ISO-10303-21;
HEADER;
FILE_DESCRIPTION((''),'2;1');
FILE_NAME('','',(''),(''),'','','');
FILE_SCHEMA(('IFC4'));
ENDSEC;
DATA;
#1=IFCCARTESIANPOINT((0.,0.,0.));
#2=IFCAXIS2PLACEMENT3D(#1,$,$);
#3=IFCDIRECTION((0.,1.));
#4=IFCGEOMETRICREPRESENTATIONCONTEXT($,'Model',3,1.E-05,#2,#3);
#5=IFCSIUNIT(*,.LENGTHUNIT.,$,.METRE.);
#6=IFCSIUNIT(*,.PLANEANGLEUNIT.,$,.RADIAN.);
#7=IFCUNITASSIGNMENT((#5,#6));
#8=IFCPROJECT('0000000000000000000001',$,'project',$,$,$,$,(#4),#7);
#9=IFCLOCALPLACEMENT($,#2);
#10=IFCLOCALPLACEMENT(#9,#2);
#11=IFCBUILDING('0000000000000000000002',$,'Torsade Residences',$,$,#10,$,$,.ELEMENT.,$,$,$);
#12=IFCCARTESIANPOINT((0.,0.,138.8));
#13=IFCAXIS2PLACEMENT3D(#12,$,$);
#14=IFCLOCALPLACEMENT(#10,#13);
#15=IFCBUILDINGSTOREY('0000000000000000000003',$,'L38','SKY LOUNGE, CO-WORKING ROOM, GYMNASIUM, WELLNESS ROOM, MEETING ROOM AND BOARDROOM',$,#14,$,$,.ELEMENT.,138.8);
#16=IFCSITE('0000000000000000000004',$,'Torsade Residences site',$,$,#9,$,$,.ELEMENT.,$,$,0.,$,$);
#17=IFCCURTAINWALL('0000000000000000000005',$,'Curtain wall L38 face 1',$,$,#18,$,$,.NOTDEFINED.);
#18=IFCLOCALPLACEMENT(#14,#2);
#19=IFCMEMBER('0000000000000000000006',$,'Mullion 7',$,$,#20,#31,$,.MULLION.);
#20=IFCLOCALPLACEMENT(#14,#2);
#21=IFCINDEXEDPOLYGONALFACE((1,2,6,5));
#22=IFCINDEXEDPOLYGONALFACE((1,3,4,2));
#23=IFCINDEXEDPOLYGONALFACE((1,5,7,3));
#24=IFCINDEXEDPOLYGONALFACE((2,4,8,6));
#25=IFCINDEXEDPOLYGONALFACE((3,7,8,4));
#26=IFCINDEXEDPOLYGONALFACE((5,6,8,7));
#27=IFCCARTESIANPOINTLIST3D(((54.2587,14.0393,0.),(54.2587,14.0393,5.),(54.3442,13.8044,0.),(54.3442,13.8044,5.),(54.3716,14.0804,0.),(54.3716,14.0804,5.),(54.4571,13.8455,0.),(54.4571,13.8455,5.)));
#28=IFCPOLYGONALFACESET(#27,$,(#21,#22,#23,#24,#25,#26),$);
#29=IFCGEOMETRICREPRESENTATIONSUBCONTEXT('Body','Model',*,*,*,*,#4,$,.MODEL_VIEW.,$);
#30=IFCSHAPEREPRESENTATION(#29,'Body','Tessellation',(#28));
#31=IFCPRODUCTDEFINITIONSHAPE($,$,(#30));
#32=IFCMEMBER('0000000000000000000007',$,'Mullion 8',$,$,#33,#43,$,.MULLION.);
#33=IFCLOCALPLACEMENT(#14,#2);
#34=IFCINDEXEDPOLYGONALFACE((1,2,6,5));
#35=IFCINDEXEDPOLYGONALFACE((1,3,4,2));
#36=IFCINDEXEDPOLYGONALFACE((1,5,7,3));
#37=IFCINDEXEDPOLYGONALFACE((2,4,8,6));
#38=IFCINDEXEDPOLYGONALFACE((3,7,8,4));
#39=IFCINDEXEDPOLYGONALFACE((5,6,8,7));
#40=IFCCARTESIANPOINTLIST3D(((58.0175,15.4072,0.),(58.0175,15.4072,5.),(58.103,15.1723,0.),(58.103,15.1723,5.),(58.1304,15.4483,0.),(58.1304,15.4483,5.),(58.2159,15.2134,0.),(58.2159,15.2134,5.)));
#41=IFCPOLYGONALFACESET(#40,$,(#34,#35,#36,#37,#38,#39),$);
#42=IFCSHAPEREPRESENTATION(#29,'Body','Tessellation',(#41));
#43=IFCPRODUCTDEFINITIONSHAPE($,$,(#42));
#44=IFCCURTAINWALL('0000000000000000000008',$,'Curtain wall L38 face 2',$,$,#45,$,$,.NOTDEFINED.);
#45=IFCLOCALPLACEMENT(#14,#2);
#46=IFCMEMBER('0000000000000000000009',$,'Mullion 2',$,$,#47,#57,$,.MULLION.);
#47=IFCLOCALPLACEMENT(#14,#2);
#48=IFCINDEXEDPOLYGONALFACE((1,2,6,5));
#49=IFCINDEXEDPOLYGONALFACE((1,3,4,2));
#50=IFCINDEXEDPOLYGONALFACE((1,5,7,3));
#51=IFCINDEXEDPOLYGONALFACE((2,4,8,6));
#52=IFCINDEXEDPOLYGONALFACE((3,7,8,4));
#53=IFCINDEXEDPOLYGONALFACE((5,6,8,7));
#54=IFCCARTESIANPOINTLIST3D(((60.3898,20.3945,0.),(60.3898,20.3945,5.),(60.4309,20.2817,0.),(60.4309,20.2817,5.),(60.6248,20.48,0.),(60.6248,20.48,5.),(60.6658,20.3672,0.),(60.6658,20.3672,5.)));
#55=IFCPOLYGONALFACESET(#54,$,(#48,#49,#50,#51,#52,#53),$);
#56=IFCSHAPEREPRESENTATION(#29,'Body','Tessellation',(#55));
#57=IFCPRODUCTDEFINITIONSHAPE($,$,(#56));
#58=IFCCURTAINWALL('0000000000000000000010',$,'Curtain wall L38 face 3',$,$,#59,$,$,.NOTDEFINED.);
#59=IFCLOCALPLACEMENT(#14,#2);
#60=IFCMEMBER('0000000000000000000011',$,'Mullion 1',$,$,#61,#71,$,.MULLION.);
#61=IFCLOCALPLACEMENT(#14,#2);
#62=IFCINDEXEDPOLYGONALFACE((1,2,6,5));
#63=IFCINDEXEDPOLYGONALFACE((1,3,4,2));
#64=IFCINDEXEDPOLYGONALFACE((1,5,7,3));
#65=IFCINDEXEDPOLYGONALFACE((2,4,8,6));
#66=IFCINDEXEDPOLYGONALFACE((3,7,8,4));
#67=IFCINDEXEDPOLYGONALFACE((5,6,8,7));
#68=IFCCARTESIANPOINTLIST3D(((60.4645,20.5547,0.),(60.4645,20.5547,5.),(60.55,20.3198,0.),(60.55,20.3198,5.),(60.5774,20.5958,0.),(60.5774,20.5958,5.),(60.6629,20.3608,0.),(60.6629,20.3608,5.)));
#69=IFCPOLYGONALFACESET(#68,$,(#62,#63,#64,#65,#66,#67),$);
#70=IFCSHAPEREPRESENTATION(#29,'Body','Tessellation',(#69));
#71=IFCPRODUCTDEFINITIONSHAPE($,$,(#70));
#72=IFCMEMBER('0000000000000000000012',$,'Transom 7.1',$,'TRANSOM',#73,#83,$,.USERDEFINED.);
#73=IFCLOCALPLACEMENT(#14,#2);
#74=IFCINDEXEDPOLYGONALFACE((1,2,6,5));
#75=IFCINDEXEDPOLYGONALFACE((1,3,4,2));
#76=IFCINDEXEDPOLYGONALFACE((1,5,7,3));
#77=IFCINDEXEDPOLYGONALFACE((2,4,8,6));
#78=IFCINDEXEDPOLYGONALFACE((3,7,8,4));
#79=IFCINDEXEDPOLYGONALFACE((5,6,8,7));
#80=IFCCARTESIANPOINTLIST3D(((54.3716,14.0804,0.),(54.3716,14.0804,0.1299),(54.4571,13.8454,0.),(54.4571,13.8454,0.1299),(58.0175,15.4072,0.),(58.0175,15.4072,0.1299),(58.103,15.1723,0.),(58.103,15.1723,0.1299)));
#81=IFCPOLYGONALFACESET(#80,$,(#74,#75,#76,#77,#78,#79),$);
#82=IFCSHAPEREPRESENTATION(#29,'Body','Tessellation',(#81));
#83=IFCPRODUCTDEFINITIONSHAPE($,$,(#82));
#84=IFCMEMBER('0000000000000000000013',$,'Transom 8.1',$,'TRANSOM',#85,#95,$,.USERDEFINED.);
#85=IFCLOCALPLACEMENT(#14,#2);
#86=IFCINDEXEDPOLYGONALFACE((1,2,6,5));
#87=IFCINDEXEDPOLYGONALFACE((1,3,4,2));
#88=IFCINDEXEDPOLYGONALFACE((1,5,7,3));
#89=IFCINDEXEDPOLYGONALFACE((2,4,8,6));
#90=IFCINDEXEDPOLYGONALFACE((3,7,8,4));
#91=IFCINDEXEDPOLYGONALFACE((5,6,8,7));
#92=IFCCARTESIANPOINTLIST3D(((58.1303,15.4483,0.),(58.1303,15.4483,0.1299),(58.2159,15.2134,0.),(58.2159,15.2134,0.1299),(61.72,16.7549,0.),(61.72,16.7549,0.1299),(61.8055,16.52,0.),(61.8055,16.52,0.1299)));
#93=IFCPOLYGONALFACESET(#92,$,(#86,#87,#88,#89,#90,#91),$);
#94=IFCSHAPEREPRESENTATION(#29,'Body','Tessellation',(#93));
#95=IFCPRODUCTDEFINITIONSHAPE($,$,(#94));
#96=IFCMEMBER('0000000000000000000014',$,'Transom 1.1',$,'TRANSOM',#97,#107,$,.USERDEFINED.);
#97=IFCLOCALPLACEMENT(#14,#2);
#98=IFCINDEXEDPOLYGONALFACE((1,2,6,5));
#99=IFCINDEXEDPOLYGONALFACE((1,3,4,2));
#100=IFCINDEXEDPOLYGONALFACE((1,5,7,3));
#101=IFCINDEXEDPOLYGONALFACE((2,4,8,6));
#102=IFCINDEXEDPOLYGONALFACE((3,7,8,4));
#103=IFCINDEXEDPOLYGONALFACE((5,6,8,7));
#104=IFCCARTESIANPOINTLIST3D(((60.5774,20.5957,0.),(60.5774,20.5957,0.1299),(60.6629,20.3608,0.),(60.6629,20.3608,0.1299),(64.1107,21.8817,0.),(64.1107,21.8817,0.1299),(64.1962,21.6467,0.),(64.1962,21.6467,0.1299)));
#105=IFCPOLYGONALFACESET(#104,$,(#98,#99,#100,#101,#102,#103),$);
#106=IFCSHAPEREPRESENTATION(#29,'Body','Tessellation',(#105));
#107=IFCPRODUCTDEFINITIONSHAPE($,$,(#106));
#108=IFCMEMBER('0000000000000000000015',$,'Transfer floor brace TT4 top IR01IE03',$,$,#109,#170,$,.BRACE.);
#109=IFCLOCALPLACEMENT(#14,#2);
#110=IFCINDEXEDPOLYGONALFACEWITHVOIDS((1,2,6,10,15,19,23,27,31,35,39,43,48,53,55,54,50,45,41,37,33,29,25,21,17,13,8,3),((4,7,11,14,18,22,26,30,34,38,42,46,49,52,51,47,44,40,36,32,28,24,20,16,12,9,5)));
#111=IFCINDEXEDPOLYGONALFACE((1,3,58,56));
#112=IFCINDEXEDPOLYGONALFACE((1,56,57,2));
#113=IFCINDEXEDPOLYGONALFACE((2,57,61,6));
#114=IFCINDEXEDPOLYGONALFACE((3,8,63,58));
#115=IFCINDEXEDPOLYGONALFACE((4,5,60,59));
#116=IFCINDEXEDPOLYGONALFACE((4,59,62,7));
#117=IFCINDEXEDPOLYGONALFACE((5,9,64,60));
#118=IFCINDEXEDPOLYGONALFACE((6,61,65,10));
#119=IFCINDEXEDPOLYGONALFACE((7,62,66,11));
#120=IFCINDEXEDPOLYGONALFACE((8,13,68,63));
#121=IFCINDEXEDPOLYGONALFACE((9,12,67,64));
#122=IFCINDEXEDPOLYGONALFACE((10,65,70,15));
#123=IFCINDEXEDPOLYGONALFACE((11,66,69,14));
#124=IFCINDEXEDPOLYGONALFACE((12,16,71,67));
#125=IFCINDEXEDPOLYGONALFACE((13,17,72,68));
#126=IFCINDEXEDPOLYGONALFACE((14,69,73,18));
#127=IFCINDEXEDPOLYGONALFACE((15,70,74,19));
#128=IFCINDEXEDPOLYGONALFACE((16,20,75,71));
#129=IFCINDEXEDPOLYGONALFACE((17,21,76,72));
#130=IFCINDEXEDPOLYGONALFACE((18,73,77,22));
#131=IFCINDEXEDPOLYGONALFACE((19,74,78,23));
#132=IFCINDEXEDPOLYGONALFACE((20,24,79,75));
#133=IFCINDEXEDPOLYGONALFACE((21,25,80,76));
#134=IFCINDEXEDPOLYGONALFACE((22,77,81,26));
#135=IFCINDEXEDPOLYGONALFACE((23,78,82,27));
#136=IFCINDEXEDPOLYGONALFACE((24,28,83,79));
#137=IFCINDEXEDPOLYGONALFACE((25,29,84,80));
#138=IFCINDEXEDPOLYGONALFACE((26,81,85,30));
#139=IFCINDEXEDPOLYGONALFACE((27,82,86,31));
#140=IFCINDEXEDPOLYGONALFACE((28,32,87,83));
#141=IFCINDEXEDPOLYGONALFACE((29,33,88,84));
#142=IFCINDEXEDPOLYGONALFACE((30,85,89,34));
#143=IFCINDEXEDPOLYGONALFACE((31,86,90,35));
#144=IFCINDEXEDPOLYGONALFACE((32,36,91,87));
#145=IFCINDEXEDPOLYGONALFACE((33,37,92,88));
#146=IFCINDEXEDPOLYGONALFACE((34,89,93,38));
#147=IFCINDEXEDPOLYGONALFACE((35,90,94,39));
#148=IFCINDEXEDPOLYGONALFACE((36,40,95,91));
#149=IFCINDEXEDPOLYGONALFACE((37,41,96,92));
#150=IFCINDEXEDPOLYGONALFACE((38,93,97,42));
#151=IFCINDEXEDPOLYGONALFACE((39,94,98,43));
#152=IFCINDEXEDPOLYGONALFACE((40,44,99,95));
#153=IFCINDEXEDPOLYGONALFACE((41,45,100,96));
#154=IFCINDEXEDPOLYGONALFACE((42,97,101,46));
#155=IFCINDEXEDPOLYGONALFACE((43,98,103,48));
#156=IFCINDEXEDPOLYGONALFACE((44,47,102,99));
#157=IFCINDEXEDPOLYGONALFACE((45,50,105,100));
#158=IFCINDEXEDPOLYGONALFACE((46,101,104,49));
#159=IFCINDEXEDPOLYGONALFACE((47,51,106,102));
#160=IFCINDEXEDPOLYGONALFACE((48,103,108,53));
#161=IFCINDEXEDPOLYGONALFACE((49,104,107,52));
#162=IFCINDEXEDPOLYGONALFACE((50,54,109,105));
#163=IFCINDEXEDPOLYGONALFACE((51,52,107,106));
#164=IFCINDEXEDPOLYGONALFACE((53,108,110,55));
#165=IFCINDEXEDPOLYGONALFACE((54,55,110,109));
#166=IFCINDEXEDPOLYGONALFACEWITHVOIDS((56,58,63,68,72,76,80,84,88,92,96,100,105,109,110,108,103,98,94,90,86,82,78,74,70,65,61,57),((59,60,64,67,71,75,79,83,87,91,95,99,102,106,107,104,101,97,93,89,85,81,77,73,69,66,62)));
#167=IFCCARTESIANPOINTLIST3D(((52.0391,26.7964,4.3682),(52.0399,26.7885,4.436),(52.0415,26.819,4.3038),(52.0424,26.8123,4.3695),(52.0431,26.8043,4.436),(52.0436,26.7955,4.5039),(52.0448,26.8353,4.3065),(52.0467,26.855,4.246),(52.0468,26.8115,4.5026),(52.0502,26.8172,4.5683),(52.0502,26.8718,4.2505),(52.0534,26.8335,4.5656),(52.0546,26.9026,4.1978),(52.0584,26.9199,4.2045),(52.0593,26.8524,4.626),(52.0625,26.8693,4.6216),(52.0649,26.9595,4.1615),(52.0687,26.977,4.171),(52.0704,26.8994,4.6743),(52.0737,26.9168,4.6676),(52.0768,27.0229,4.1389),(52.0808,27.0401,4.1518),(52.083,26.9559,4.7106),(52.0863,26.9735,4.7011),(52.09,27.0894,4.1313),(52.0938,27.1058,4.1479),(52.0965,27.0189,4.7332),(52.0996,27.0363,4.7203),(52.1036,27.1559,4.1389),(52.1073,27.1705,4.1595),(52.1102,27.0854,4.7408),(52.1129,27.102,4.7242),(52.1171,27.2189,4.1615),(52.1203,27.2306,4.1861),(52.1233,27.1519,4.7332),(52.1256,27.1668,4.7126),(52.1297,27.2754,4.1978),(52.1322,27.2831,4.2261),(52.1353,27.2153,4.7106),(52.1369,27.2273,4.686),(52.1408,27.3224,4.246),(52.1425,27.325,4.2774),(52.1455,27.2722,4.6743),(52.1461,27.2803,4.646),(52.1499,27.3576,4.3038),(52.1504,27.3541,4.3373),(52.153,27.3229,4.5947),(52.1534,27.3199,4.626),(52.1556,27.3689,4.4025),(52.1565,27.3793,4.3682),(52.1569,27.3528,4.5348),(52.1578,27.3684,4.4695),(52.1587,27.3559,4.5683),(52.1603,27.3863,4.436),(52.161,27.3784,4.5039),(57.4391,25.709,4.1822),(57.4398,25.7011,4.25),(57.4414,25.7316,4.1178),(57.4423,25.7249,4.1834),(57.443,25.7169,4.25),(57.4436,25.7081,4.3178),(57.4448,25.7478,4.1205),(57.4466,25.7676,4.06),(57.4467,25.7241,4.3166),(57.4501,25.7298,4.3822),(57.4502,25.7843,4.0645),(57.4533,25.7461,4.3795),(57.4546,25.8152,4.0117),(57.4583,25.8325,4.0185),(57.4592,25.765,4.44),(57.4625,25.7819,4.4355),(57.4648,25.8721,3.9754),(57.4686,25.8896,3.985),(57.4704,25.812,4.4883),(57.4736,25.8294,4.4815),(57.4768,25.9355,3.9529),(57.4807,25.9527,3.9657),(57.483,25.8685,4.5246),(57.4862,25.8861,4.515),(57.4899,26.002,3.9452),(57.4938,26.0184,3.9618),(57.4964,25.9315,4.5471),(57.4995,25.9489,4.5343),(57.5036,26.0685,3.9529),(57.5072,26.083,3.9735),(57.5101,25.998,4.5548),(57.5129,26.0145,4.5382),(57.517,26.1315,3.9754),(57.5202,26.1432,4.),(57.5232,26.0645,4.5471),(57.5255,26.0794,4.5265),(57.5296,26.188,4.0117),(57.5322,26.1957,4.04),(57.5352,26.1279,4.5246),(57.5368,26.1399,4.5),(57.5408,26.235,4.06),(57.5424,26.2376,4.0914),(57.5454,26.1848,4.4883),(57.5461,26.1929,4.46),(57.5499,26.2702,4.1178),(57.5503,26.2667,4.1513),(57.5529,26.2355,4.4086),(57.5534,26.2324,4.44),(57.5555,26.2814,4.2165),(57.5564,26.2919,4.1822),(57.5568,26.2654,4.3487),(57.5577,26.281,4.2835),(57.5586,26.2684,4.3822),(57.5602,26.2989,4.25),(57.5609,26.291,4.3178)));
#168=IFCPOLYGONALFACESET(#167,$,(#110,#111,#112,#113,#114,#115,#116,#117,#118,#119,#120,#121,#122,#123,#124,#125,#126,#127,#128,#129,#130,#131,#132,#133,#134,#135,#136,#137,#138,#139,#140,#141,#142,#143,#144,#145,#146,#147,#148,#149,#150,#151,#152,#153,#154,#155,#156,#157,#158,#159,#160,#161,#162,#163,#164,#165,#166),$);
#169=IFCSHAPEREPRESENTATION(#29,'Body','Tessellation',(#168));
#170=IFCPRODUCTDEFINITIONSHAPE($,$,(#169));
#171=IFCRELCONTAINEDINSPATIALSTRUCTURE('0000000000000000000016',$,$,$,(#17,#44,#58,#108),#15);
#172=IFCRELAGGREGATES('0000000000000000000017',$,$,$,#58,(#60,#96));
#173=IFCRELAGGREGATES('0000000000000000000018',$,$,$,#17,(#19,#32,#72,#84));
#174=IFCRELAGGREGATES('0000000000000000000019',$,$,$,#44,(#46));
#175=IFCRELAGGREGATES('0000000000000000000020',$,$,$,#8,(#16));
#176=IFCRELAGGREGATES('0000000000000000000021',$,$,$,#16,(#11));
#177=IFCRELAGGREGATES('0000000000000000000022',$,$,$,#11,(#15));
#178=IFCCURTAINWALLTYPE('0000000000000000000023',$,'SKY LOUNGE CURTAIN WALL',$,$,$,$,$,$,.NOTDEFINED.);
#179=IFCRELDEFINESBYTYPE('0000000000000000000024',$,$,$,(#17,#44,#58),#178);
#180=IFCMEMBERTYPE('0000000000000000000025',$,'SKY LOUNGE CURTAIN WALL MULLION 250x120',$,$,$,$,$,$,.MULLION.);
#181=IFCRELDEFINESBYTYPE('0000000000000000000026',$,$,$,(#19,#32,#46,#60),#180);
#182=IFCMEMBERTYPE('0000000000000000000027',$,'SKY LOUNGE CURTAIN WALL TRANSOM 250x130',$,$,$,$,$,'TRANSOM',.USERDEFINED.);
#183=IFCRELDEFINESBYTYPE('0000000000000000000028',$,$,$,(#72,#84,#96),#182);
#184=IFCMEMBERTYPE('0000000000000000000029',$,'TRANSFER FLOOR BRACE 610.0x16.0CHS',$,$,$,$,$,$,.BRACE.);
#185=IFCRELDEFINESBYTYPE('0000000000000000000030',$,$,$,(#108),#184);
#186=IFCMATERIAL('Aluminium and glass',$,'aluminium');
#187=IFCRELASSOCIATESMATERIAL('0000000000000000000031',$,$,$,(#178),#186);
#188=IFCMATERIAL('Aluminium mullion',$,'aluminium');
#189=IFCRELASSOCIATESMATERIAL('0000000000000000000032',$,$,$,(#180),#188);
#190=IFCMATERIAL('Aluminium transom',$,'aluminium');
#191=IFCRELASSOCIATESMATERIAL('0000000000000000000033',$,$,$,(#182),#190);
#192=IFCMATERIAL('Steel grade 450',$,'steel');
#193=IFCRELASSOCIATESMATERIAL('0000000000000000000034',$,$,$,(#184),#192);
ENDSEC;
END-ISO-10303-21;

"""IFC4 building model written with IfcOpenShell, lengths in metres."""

from ifc_helpers import new_model, si_unit, direction, frame, origin, origin_2d, place, context, subcontext, project, spatial, rectangle, hollow_circle, extrude, material, material_profile, profile_set, type_object, element, aggregate, save


model = new_model("IFC4")

# Units and contexts
model_context = context("Model", 3, precision=1e-05, world=origin(), true_north=direction((0.0, 1.0)))
body_context = subcontext(model_context, "Body", "Model", "MODEL_VIEW")
ifc_project = project(units=[si_unit("LENGTHUNIT", "METRE"), si_unit("PLANEANGLEUNIT", "RADIAN")], contexts=[model_context])

# Site, building, storey
site_placement = place(None, origin())
site = spatial("IfcSite", under=ifc_project, at=site_placement, Name="Torsade Residences site", CompositionType="ELEMENT", RefElevation=0.0)
building_placement = place(site_placement, origin())
building = spatial("IfcBuilding", under=site, at=building_placement, Name="Torsade Residences", CompositionType="ELEMENT")
storey_placement = place(building_placement, frame((0.0, 0.0, 138.8)))
storey = spatial("IfcBuildingStorey", under=building, at=storey_placement, Name="L38", Description="SKY LOUNGE, CO-WORKING ROOM, GYMNASIUM, WELLNESS ROOM, MEETING ROOM AND BOARDROOM", CompositionType="ELEMENT", Elevation=138.8)

# Curtain wall, members
ifc_material_1 = material(Name="Aluminium and glass", Category="aluminium")
curtain_wall_type = type_object("IfcCurtainWallType", Name="SKY LOUNGE CURTAIN WALL", PredefinedType="NOTDEFINED", material=ifc_material_1)
curtain_wall_1_placement = place(storey_placement, origin())
curtain_wall_1 = element("IfcCurtainWall", 1, at=curtain_wall_1_placement, inside=storey, type_object=curtain_wall_type, Name="Curtain wall L38 face 1", PredefinedType="NOTDEFINED")
ifc_material_2 = material(Name="Aluminium mullion", Category="aluminium")
ifc_material_profile_1 = material_profile(ifc_material_2, rectangle(XDim=0.25, YDim=0.1201, at=origin_2d()), Name="SKY LOUNGE CURTAIN WALL MULLION 250x120")
ifc_profile_set_1 = profile_set([ifc_material_profile_1], Name="Aluminium mullion")
member_type_1 = type_object("IfcMemberType", Name="SKY LOUNGE CURTAIN WALL MULLION 250x120", PredefinedType="MULLION", material=ifc_profile_set_1)
member_1_placement = place(storey_placement, frame((54.3579, 13.9424, 0.0), z_axis=(0.0, 0.0, 1.0), x_axis=(-0.34202, 0.939693, 0.0)))
member_1 = element("IfcMember", 2, at=member_1_placement, type_object=member_type_1, Name="Mullion 7", PredefinedType="MULLION", context=body_context, shape_type="SweptSolid", body=[
    extrude(rectangle(XDim=0.25, YDim=0.1201, at=origin_2d()), origin(), (0.0, 0.0, 1.0), 5.0),
])
member_2_placement = place(storey_placement, frame((58.1167, 15.3103, 0.0), z_axis=(0.0, 0.0, 1.0), x_axis=(-0.34202, 0.939693, 0.0)))
member_2 = element("IfcMember", 3, at=member_2_placement, type_object=member_type_1, Name="Mullion 8", PredefinedType="MULLION", context=body_context, shape_type="SweptSolid", body=[
    extrude(rectangle(XDim=0.25, YDim=0.1201, at=origin_2d()), origin(), (0.0, 0.0, 1.0), 5.0),
])

# Curtain walls, members
curtain_wall_2_placement = place(storey_placement, origin())
curtain_wall_2 = element("IfcCurtainWall", 4, at=curtain_wall_2_placement, inside=storey, type_object=curtain_wall_type, Name="Curtain wall L38 face 2", PredefinedType="NOTDEFINED")
member_3_placement = place(storey_placement, frame((60.5278, 20.3809, 0.0), z_axis=(0.0, 0.0, 1.0), x_axis=(-0.939693, -0.34202, 0.0)))
member_3 = element("IfcMember", 5, at=member_3_placement, type_object=member_type_1, Name="Mullion 2", PredefinedType="MULLION", context=body_context, shape_type="SweptSolid", body=[
    extrude(rectangle(XDim=0.25, YDim=0.1201, at=origin_2d()), origin(), (0.0, 0.0, 1.0), 5.0),
])
curtain_wall_3_placement = place(storey_placement, origin())
curtain_wall_3 = element("IfcCurtainWall", 6, at=curtain_wall_3_placement, inside=storey, type_object=curtain_wall_type, Name="Curtain wall L38 face 3", PredefinedType="NOTDEFINED")
member_4_placement = place(storey_placement, frame((60.5637, 20.4578, 0.0), z_axis=(0.0, 0.0, 1.0), x_axis=(-0.34202, 0.939693, 0.0)))
member_4 = element("IfcMember", 7, at=member_4_placement, type_object=member_type_1, Name="Mullion 1", PredefinedType="MULLION", context=body_context, shape_type="SweptSolid", body=[
    extrude(rectangle(XDim=0.25, YDim=0.1201, at=origin_2d()), origin(), (0.0, 0.0, 1.0), 5.0),
])

# Members
ifc_material_3 = material(Name="Aluminium transom", Category="aluminium")
ifc_material_profile_2 = material_profile(ifc_material_3, rectangle(XDim=0.25, YDim=0.1299, at=origin_2d()), Name="SKY LOUNGE CURTAIN WALL TRANSOM 250x130")
ifc_profile_set_2 = profile_set([ifc_material_profile_2], Name="Aluminium transom")
member_type_2 = type_object("IfcMemberType", Name="SKY LOUNGE CURTAIN WALL TRANSOM 250x130", ElementType="TRANSOM", PredefinedType="USERDEFINED", material=ifc_profile_set_2)
member_5_placement = place(storey_placement, frame((54.4143, 13.9629, 0.0649), z_axis=(0.939703, 0.341991, 0.0), x_axis=(-0.341991, 0.939703, 0.0)))
member_5 = element("IfcMember", 8, at=member_5_placement, type_object=member_type_2, Name="Transom 7.1", ObjectType="TRANSOM", PredefinedType="USERDEFINED", context=body_context, shape_type="SweptSolid", body=[
    extrude(rectangle(XDim=0.25, YDim=0.1299, at=origin_2d()), origin(), (0.0, 0.0, 1.0), 3.8799),
])
member_6_placement = place(storey_placement, frame((58.1731, 15.3308, 0.0649), z_axis=(0.939681, 0.342051, 0.0), x_axis=(-0.342051, 0.939681, 0.0)))
member_6 = element("IfcMember", 9, at=member_6_placement, type_object=member_type_2, Name="Transom 8.1", ObjectType="TRANSOM", PredefinedType="USERDEFINED", context=body_context, shape_type="SweptSolid", body=[
    extrude(rectangle(XDim=0.25, YDim=0.1299, at=origin_2d()), origin(), (0.0, 0.0, 1.0), 3.8201),
])
member_7_placement = place(storey_placement, frame((60.6201, 20.4783, 0.0649), z_axis=(0.9397, 0.341999, 0.0), x_axis=(-0.341999, 0.9397, 0.0)))
member_7 = element("IfcMember", 10, at=member_7_placement, type_object=member_type_2, Name="Transom 1.1", ObjectType="TRANSOM", PredefinedType="USERDEFINED", context=body_context, shape_type="SweptSolid", body=[
    extrude(rectangle(XDim=0.25, YDim=0.1299, at=origin_2d()), origin(), (0.0, 0.0, 1.0), 3.76),
])
aggregate(curtain_wall_3, [member_4, member_7])

# Member
ifc_material_4 = material(Name="Steel grade 450", Category="steel")
ifc_material_profile_3 = material_profile(ifc_material_4, hollow_circle(Radius=0.3049, WallThickness=0.0161, at=origin_2d()), Name="610.0x16.0CHS")
ifc_profile_set_3 = profile_set([ifc_material_profile_3], Name="Steel grade 450")
member_type_3 = type_object("IfcMemberType", Name="TRANSFER FLOOR BRACE 610.0x16.0CHS", PredefinedType="BRACE", material=ifc_profile_set_3)
member_8_placement = place(storey_placement, frame((57.5, 26.0, 4.25), z_axis=(-0.979762, 0.197299, 0.033754), x_axis=(-0.197412, -0.980321, 0.0)))
element("IfcMember", 11, at=member_8_placement, inside=storey, type_object=member_type_3, Name="Transfer floor brace TT4 top IR01IE03", PredefinedType="BRACE", context=body_context, shape_type="SweptSolid", body=[
    extrude(hollow_circle(Radius=0.3049, WallThickness=0.0161, at=origin_2d()), origin(), (0.0, 0.0, 1.0), 5.5115),
])

aggregate(curtain_wall_1, [member_1, member_2, member_5, member_6])
aggregate(curtain_wall_2, [member_3])

save(model, "model.ifc")
